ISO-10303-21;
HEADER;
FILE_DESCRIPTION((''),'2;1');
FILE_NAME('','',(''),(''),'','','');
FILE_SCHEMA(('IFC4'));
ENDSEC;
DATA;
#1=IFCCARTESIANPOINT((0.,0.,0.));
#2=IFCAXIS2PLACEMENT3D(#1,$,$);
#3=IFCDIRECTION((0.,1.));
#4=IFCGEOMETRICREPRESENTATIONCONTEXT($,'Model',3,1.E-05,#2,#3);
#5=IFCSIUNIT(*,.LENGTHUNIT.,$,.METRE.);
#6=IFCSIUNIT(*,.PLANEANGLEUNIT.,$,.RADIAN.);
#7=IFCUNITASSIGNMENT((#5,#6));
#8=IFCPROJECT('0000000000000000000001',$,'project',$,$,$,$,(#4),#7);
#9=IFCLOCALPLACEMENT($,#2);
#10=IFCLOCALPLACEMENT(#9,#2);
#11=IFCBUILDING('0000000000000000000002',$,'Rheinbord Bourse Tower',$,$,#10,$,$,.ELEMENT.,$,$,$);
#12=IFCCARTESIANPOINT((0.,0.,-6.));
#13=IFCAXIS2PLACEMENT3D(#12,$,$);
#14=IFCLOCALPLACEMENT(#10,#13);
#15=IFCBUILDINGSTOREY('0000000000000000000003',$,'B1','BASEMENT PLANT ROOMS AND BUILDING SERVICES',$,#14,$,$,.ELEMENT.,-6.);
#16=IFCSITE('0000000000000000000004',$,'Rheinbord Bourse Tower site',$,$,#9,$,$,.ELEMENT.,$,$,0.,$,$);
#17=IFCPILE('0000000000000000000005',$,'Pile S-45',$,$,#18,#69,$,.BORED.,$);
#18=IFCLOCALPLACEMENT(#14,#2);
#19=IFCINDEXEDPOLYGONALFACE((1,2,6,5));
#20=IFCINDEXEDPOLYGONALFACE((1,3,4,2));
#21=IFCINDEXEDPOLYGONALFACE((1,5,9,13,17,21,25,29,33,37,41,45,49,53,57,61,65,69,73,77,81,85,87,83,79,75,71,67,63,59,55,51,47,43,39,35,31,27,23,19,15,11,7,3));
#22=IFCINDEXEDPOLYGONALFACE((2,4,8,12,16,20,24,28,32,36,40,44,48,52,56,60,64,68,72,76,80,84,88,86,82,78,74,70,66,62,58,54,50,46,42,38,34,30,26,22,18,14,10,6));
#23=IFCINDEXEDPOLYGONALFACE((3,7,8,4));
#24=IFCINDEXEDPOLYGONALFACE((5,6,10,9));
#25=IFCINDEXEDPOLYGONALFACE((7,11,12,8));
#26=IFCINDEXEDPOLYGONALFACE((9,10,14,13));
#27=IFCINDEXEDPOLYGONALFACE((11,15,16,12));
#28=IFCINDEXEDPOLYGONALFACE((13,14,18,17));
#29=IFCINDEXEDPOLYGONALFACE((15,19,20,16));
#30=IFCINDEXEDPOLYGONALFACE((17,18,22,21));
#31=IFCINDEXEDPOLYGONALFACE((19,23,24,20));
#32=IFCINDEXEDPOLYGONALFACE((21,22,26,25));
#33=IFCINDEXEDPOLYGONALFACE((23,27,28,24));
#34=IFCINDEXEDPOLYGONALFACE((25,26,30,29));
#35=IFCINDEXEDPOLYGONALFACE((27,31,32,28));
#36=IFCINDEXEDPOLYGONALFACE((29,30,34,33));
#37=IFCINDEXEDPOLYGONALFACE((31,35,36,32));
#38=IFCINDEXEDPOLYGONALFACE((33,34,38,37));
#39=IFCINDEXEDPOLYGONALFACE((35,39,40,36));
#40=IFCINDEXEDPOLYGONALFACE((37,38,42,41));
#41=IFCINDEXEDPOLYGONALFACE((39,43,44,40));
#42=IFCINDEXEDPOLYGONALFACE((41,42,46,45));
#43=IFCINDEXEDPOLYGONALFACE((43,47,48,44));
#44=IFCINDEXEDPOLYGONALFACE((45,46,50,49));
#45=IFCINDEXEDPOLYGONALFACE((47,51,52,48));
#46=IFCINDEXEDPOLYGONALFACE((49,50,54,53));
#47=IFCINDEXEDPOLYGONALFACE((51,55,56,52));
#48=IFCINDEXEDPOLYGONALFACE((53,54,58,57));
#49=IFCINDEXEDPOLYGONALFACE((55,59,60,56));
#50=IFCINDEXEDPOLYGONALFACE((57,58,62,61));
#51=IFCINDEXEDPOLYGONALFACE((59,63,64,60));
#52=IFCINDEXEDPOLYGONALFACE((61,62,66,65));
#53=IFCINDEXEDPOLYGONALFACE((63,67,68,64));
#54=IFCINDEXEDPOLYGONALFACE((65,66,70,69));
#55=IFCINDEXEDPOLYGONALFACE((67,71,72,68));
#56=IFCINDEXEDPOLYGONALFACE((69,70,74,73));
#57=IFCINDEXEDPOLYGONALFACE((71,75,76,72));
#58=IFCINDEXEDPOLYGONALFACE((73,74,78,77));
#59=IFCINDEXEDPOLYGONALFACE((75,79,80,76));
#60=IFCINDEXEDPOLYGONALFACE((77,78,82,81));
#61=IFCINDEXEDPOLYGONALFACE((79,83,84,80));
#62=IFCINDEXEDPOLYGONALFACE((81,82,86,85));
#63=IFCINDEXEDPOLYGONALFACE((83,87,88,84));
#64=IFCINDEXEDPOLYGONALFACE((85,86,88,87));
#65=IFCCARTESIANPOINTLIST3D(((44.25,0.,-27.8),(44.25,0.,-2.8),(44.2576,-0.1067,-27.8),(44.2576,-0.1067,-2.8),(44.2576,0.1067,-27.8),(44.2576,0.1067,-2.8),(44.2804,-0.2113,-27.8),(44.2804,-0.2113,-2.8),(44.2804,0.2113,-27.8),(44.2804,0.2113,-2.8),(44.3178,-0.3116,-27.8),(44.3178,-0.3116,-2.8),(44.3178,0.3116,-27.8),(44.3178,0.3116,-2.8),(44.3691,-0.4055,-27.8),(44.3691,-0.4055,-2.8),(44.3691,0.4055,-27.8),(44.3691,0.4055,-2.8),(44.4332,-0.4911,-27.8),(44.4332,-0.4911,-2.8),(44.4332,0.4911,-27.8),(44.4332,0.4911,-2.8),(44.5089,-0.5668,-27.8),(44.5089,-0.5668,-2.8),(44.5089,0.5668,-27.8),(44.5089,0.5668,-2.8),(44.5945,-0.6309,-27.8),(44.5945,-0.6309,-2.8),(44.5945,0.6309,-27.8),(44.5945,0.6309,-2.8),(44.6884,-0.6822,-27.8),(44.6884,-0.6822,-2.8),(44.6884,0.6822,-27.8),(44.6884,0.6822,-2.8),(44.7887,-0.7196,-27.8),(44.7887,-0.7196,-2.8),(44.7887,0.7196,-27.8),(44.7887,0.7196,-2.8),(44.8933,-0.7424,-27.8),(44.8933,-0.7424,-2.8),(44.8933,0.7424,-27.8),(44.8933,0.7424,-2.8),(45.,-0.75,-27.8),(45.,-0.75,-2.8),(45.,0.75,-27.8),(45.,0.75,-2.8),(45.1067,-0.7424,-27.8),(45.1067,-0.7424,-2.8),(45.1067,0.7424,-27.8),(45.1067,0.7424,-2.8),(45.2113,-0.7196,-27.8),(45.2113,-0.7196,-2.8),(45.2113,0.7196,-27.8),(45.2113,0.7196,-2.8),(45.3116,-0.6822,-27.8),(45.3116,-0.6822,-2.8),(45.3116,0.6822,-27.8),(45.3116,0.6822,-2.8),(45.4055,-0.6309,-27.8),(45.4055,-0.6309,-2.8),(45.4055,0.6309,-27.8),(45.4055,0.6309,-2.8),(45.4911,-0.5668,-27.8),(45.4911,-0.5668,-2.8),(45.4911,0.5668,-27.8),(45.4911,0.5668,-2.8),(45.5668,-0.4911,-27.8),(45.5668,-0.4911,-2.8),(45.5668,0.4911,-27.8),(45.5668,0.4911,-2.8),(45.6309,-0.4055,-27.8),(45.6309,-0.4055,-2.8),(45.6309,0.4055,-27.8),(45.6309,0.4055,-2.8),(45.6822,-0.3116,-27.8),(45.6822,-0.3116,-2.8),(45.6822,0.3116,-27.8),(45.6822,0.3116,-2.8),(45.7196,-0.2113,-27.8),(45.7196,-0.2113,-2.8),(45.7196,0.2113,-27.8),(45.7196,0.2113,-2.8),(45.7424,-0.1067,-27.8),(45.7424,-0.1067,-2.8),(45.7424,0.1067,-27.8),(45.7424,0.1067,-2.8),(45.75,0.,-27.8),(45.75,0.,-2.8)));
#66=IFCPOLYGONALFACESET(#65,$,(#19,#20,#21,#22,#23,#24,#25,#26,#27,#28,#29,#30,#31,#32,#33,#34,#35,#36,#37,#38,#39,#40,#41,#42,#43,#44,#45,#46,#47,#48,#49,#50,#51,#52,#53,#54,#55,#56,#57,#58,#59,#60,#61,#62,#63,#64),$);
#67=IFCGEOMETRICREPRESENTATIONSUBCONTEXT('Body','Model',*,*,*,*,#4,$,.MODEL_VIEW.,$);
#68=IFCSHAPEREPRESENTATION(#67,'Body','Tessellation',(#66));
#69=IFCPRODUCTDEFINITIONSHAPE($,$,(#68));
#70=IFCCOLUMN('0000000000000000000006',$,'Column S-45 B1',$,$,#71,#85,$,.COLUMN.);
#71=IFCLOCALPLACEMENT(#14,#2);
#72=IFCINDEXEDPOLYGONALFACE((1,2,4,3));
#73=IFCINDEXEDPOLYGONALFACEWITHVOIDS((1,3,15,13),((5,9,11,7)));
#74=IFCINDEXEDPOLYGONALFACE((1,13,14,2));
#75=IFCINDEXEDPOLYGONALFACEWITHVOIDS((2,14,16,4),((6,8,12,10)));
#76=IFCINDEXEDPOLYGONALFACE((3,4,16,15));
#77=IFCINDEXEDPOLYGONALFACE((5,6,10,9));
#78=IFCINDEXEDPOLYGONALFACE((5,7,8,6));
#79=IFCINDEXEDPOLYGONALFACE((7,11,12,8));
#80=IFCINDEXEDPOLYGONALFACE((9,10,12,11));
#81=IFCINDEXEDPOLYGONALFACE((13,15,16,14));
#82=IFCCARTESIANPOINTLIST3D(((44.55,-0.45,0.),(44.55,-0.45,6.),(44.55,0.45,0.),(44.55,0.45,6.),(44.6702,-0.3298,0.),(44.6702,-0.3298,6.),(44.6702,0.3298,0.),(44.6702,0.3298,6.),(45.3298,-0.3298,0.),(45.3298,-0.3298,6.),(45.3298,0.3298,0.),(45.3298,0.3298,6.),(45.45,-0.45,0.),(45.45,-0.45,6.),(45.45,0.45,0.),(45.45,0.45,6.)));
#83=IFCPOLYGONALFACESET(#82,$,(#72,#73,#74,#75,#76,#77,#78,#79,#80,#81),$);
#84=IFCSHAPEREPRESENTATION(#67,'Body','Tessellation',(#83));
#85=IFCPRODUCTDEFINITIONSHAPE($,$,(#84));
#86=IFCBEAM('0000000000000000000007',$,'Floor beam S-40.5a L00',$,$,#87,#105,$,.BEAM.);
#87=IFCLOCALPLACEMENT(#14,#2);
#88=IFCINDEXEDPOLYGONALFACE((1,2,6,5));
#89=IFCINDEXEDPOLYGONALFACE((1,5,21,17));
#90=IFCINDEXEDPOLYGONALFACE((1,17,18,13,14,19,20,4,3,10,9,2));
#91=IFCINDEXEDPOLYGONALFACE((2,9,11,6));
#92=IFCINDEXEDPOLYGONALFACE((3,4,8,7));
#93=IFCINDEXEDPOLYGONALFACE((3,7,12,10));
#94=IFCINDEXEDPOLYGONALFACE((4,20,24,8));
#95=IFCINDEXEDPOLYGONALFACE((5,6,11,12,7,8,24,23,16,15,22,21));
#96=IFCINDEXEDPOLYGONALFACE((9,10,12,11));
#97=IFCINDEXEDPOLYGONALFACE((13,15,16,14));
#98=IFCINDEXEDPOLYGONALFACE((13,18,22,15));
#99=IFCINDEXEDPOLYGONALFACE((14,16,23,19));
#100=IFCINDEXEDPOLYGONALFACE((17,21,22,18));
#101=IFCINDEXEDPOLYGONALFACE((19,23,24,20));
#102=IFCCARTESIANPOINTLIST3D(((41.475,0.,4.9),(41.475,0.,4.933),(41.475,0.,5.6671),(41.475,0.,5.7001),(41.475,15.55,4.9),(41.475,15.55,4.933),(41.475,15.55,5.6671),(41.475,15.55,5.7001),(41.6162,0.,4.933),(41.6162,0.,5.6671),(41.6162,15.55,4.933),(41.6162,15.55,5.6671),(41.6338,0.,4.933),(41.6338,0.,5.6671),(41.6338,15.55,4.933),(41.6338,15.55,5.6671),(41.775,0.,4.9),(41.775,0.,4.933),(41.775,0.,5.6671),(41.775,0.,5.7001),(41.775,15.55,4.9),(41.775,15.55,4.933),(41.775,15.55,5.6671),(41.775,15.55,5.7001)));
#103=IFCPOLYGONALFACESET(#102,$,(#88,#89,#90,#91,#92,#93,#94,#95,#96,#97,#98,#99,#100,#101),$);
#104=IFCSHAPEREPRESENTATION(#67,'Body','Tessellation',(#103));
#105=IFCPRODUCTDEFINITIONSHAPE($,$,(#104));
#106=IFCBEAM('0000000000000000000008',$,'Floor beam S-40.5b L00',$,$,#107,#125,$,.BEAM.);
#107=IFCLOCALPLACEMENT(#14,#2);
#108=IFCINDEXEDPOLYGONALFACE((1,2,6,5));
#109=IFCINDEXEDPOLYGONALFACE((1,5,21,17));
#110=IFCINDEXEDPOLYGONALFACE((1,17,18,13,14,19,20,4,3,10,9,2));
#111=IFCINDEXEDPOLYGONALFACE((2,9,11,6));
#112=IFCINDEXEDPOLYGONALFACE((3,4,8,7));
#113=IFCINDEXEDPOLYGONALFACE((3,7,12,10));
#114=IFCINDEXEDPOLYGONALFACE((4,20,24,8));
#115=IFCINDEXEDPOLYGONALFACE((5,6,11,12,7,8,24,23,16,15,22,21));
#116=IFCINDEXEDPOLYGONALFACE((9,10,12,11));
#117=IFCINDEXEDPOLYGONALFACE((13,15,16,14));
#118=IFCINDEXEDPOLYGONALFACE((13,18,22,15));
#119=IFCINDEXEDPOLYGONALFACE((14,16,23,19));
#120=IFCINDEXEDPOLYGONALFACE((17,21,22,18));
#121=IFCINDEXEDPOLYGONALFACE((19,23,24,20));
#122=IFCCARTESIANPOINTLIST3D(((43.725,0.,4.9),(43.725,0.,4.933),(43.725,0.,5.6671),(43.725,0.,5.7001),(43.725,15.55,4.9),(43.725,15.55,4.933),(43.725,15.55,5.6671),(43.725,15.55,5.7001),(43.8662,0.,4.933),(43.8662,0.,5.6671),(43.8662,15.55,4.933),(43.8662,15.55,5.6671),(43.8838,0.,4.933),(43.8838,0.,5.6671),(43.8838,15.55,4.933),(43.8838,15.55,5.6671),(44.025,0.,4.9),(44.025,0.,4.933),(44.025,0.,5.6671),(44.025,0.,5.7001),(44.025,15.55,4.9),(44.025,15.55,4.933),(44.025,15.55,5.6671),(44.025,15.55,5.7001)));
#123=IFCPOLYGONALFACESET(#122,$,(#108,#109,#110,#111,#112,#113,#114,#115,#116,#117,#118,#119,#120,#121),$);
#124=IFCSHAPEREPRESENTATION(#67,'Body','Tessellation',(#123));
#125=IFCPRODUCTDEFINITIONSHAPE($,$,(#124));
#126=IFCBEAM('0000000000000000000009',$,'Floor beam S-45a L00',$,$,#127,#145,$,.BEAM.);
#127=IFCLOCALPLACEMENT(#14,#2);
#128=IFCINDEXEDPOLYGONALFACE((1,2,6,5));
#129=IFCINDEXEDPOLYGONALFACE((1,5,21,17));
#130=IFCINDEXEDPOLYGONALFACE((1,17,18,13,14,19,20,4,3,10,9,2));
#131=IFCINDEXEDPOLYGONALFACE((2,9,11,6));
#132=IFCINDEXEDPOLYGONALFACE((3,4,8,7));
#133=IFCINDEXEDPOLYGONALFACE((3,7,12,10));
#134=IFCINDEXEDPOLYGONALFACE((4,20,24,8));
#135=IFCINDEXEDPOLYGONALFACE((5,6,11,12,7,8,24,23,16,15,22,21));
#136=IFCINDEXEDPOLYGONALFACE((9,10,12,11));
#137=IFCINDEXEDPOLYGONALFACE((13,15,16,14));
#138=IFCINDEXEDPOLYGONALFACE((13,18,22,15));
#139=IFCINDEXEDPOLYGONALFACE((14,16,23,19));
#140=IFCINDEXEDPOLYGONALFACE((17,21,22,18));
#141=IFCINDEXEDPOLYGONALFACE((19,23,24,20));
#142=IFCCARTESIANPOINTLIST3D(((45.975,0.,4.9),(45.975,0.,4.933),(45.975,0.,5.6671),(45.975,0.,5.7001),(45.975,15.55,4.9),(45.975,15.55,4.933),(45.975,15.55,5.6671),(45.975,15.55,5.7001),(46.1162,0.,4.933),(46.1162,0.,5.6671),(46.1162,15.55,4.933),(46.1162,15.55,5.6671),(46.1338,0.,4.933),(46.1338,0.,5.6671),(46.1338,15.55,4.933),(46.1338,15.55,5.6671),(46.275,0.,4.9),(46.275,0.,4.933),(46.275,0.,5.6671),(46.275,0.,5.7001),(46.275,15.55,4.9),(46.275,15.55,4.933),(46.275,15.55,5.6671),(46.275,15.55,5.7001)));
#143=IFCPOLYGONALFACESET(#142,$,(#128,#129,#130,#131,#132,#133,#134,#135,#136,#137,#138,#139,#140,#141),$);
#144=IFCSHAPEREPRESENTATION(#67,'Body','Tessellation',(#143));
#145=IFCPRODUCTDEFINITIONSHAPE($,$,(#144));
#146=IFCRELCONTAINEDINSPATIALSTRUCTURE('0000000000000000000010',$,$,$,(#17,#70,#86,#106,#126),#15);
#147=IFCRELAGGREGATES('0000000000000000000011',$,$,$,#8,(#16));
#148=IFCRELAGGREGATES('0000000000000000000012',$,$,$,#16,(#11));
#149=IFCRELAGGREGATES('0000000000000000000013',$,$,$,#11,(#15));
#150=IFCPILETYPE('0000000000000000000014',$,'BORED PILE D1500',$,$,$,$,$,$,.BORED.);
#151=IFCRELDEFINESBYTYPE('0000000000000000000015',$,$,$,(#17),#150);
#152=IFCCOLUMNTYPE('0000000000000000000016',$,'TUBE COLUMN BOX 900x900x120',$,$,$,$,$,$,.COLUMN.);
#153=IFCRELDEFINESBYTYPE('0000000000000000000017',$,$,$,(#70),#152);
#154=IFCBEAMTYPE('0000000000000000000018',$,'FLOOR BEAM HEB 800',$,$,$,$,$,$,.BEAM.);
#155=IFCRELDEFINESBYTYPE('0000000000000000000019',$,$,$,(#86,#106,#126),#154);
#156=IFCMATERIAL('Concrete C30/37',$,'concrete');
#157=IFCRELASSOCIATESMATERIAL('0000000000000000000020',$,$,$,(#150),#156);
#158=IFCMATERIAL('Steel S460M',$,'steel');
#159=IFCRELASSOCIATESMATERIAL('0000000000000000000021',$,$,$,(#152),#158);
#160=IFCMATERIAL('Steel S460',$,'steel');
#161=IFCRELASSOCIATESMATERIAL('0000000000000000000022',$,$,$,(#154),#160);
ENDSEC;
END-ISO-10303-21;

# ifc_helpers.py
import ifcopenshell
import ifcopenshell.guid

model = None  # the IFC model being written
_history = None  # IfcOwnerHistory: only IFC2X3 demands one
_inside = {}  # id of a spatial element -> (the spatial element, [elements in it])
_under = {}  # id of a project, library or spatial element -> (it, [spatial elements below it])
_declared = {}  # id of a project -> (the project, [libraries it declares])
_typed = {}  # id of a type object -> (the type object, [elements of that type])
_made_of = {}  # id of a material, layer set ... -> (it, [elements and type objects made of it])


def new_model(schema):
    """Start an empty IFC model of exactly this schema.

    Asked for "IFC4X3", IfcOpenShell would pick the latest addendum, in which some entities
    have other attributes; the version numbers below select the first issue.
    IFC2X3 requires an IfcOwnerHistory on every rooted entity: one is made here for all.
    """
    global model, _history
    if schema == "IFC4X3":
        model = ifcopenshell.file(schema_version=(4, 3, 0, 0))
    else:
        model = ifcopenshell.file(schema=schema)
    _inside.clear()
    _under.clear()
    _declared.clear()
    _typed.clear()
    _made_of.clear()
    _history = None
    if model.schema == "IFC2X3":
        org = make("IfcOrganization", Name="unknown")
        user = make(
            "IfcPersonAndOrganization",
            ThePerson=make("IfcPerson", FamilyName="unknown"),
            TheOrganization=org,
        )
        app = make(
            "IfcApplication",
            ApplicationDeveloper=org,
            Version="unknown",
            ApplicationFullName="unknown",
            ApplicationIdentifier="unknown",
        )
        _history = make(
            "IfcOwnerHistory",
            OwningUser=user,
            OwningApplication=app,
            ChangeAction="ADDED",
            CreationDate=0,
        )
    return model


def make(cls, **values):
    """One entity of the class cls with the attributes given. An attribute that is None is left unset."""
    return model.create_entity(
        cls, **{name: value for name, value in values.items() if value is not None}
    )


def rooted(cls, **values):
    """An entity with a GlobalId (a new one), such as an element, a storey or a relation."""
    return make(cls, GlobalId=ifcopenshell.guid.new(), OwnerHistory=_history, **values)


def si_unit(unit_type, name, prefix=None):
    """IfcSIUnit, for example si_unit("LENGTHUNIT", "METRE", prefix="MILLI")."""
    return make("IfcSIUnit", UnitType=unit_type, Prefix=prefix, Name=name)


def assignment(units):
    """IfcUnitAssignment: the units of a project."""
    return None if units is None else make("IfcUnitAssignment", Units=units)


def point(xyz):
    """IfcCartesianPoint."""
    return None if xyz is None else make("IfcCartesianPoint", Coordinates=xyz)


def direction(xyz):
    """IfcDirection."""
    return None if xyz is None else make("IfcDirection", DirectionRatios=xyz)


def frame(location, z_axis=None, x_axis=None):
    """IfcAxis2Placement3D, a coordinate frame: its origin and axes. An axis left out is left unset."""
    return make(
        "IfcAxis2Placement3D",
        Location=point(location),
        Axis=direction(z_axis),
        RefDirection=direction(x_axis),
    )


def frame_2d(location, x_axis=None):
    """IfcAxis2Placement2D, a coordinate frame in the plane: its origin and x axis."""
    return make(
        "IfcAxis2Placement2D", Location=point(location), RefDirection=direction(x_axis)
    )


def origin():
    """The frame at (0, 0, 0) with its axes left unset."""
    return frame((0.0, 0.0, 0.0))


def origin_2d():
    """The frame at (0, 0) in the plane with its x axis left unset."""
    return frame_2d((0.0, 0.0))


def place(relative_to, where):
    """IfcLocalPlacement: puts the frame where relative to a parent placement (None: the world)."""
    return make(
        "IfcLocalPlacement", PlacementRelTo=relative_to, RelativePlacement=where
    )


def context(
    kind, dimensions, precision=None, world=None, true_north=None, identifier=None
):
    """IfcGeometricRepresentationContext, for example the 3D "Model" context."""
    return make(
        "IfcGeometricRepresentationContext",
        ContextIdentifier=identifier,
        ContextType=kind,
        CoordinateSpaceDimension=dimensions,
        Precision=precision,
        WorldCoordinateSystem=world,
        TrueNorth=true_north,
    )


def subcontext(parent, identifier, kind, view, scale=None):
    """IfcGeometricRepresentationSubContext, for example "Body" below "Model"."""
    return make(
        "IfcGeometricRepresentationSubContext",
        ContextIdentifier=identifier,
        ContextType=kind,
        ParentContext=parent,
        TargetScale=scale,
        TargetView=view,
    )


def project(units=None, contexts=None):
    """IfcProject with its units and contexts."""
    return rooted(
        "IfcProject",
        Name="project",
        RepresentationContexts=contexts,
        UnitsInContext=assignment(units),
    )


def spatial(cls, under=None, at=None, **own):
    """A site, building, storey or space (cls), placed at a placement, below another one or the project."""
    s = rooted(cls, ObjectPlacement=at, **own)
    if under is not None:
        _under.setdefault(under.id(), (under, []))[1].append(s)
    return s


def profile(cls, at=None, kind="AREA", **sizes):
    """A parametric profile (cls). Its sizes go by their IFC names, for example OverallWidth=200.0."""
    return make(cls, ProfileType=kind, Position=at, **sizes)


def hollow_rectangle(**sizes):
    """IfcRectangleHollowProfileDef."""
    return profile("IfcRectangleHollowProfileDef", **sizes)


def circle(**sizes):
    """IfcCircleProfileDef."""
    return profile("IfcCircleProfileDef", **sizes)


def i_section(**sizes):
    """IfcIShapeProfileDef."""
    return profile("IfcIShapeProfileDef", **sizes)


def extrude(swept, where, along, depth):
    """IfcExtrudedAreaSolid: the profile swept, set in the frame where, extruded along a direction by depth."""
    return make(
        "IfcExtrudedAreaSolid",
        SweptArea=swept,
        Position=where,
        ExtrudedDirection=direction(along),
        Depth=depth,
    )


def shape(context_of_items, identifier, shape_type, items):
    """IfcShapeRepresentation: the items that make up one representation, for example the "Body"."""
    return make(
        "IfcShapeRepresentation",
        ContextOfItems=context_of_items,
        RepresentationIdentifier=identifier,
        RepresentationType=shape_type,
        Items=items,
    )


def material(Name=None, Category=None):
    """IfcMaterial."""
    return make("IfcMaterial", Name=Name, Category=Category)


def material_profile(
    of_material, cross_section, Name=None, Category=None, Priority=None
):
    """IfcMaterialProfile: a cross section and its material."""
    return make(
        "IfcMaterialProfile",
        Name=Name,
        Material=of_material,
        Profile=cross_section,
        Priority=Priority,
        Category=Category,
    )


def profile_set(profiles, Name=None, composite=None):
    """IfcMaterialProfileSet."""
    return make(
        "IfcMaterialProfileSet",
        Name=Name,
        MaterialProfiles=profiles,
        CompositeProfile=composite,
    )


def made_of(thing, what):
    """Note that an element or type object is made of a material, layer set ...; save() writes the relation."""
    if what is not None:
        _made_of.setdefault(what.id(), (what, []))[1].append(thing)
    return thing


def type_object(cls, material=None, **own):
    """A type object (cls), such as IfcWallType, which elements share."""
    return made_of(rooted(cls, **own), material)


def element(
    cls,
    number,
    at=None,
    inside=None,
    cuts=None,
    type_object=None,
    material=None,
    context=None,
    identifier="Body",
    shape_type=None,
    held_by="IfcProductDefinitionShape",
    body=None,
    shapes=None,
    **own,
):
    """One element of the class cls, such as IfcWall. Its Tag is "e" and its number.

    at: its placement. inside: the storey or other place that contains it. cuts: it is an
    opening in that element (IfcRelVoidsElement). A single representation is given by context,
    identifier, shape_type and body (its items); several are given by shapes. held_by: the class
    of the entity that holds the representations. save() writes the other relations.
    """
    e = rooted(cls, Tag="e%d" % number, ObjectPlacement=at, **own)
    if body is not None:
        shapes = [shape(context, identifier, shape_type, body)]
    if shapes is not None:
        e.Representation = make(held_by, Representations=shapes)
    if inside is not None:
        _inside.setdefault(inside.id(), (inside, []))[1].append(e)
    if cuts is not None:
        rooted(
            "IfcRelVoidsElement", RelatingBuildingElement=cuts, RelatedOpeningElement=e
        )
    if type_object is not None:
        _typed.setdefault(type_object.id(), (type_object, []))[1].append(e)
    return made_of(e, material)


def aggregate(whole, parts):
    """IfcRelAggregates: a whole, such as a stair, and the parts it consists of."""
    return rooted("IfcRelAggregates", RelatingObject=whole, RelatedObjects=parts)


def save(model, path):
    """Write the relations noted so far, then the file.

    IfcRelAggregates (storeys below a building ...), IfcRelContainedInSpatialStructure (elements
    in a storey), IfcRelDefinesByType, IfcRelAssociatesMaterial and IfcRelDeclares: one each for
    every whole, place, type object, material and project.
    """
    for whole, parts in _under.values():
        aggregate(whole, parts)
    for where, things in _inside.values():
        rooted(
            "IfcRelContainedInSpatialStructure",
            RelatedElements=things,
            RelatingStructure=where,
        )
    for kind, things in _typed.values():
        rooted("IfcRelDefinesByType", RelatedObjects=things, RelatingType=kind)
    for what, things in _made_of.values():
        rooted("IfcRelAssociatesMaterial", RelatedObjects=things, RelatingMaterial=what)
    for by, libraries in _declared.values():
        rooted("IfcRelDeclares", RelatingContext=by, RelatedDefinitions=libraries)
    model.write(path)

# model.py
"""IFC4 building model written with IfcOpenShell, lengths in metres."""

from ifc_helpers import new_model, si_unit, direction, frame, origin, origin_2d, place, context, subcontext, project, spatial, hollow_rectangle, circle, i_section, extrude, material, material_profile, profile_set, type_object, element, save


model = new_model("IFC4")

# Units and contexts
model_context = context("Model", 3, precision=1e-05, world=origin(), true_north=direction((0.0, 1.0)))
body_context = subcontext(model_context, "Body", "Model", "MODEL_VIEW")
ifc_project = project(units=[si_unit("LENGTHUNIT", "METRE"), si_unit("PLANEANGLEUNIT", "RADIAN")], contexts=[model_context])

# Site, building, storey
site_placement = place(None, origin())
site = spatial("IfcSite", under=ifc_project, at=site_placement, Name="Rheinbord Bourse Tower site", CompositionType="ELEMENT", RefElevation=0.0)
building_placement = place(site_placement, origin())
building = spatial("IfcBuilding", under=site, at=building_placement, Name="Rheinbord Bourse Tower", CompositionType="ELEMENT")
storey_placement = place(building_placement, frame((0.0, 0.0, -6.0)))
storey = spatial("IfcBuildingStorey", under=building, at=storey_placement, Name="B1", Description="BASEMENT PLANT ROOMS AND BUILDING SERVICES", CompositionType="ELEMENT", Elevation=-6.0)

# Pile
ifc_material_1 = material(Name="Concrete C30/37", Category="concrete")
ifc_material_profile_1 = material_profile(ifc_material_1, circle(Radius=0.75, at=origin_2d()), Name="D1500")
ifc_profile_set_1 = profile_set([ifc_material_profile_1], Name="Concrete C30/37")
pile_type = type_object("IfcPileType", Name="BORED PILE D1500", PredefinedType="BORED", material=ifc_profile_set_1)
pile_placement = place(storey_placement, frame((45.0, 0.0, -2.8), z_axis=(0.0, 0.0, -1.0), x_axis=(1.0, 0.0, 0.0)))
element("IfcPile", 1, at=pile_placement, inside=storey, type_object=pile_type, Name="Pile S-45", PredefinedType="BORED", context=body_context, shape_type="SweptSolid", body=[
    extrude(circle(Radius=0.75, at=origin_2d()), origin(), (0.0, 0.0, 1.0), 25.0),
])

# Column
ifc_material_2 = material(Name="Steel S460M", Category="steel")
ifc_material_profile_2 = material_profile(ifc_material_2, hollow_rectangle(XDim=0.8999, YDim=0.8999, WallThickness=0.1201, at=origin_2d()), Name="BOX 900x900x120")
ifc_profile_set_2 = profile_set([ifc_material_profile_2], Name="Steel S460M")
column_type = type_object("IfcColumnType", Name="TUBE COLUMN BOX 900x900x120", PredefinedType="COLUMN", material=ifc_profile_set_2)
column_placement = place(storey_placement, frame((45.0, 0.0, 0.0), z_axis=(0.0, 0.0, 1.0), x_axis=(0.0, 1.0, 0.0)))
element("IfcColumn", 2, at=column_placement, inside=storey, type_object=column_type, Name="Column S-45 B1", PredefinedType="COLUMN", context=body_context, shape_type="SweptSolid", body=[
    extrude(hollow_rectangle(XDim=0.8999, YDim=0.8999, WallThickness=0.1201, at=origin_2d()), origin(), (0.0, 0.0, 1.0), 6.0),
])

# Beams
ifc_material_3 = material(Name="Steel S460", Category="steel")
ifc_material_profile_3 = material_profile(ifc_material_3, i_section(OverallWidth=0.3, OverallDepth=0.8, WebThickness=0.0176, FlangeThickness=0.033, at=origin_2d()), Name="HEB 800")
ifc_profile_set_3 = profile_set([ifc_material_profile_3], Name="Steel S460")
beam_type_1 = type_object("IfcBeamType", Name="FLOOR BEAM HEB 800", PredefinedType="BEAM", material=ifc_profile_set_3)
for number, where, z_axis, x_axis, name in (
    (3, (41.625, 0.0, 5.3), (0.0, 1.0, 0.0), (-1.0, 0.0, 0.0), "Floor beam S-40.5a L00"),
    (4, (43.875, 0.0, 5.3), (0.0, 1.0, 0.0), (-1.0, 0.0, 0.0), "Floor beam S-40.5b L00"),
    (5, (46.125, 0.0, 5.3), (0.0, 1.0, 0.0), (-1.0, 0.0, 0.0), "Floor beam S-45a L00"),
):
    element("IfcBeam", number, at=place(storey_placement, frame(where, z_axis=z_axis, x_axis=x_axis)), inside=storey, type_object=beam_type_1, Name=name, PredefinedType="BEAM", context=body_context, shape_type="SweptSolid", body=[
        extrude(i_section(OverallWidth=0.3, OverallDepth=0.8, WebThickness=0.0176, FlangeThickness=0.033, at=origin_2d()), origin(), (0.0, 0.0, 1.0), 15.55),
    ])

save(model, "model.ifc")
